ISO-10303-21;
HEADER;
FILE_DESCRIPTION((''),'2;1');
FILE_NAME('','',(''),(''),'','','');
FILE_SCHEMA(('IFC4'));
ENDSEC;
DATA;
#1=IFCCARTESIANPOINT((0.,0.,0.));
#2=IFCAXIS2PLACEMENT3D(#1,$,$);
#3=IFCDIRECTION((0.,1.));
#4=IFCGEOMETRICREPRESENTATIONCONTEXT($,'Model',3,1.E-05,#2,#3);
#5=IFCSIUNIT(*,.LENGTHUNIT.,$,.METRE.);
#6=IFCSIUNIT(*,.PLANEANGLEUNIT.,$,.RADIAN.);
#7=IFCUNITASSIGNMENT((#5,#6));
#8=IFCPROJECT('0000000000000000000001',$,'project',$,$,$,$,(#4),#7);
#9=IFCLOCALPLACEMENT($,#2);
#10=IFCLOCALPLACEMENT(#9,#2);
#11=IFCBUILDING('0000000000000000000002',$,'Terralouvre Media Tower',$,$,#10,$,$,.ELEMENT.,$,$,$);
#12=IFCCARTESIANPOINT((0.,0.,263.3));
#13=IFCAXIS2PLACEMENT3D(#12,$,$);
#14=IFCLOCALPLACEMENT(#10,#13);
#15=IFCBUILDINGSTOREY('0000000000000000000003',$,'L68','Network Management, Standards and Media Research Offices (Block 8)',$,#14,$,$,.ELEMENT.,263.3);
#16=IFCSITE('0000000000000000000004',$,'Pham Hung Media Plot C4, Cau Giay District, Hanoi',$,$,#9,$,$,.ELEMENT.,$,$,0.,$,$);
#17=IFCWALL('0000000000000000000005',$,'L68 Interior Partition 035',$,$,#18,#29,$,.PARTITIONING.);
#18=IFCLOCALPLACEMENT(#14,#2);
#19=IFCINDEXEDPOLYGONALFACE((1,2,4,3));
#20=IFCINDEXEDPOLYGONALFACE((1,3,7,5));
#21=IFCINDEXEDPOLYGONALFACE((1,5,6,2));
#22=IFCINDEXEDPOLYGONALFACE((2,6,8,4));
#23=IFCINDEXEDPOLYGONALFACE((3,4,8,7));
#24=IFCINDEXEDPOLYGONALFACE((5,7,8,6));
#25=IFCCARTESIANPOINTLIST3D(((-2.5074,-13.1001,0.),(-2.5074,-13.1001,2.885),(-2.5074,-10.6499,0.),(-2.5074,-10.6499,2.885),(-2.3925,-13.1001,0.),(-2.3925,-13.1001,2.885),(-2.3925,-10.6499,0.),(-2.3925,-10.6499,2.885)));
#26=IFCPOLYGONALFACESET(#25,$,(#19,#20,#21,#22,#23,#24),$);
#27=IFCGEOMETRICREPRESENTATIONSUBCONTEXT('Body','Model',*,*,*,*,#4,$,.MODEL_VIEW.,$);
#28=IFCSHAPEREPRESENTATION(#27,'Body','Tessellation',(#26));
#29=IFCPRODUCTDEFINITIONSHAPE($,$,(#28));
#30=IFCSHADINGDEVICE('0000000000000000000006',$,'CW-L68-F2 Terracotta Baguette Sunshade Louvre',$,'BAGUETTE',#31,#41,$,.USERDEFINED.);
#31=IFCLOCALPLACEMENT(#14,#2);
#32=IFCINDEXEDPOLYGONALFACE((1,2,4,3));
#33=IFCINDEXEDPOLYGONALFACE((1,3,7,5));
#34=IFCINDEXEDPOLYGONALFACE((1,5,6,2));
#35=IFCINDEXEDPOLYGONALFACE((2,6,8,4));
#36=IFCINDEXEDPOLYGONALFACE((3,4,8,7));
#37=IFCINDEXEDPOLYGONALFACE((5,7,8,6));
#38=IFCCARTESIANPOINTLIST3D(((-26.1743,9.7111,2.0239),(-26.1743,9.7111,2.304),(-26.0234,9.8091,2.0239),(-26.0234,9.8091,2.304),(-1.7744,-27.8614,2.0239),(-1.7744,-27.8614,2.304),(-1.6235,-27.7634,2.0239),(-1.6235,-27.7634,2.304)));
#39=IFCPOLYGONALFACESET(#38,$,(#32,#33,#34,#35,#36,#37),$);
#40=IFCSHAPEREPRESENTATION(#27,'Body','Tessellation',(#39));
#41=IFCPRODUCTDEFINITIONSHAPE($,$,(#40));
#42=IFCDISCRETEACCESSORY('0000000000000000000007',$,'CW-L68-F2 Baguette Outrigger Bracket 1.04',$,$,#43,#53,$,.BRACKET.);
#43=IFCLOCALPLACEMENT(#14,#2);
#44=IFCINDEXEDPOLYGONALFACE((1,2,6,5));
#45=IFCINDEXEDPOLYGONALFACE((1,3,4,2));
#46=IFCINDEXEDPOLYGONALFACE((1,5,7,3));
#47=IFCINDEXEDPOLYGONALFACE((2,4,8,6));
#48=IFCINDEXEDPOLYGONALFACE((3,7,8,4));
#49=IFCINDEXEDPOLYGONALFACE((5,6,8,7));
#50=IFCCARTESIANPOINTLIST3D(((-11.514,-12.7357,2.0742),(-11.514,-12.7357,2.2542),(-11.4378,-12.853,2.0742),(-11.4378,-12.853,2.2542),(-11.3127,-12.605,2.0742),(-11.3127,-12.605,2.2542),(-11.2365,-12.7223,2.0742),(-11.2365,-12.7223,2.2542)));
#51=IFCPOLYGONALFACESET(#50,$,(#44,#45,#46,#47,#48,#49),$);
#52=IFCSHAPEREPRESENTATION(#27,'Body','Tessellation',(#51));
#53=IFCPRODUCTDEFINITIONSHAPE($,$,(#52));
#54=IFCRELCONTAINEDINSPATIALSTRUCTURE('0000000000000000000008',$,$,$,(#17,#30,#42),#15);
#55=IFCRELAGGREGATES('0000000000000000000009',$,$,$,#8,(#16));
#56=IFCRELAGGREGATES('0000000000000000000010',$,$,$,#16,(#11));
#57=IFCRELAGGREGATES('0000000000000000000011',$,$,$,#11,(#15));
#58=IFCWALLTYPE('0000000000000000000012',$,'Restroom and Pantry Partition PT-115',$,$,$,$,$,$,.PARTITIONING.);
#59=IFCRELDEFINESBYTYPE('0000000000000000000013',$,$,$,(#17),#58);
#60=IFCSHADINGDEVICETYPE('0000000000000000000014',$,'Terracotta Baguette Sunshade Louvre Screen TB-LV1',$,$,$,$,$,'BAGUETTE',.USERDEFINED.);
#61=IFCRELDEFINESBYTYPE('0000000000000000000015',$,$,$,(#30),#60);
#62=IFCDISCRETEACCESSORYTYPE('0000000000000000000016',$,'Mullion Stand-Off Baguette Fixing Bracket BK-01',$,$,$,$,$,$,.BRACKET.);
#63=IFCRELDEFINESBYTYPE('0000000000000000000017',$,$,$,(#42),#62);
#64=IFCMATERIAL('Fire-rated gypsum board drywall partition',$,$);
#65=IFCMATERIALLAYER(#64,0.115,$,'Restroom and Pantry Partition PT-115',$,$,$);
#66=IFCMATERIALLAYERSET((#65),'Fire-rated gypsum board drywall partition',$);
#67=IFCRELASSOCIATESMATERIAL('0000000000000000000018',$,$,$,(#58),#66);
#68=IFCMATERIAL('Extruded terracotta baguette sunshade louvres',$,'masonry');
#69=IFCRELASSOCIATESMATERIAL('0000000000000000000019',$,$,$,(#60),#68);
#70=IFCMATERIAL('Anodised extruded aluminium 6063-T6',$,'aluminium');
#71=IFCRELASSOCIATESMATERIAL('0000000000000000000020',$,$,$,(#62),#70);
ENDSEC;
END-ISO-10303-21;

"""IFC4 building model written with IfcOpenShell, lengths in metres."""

from ifc_helpers import new_model, si_unit, direction, frame, frame_2d, origin, origin_2d, place, context, subcontext, project, spatial, rectangle, extrude, material, layer, layer_set, type_object, element, save


model = new_model("IFC4")

# Units and contexts
model_context = context("Model", 3, precision=1e-05, world=origin(), true_north=direction((0.0, 1.0)))
body_context = subcontext(model_context, "Body", "Model", "MODEL_VIEW")
ifc_project = project(units=[si_unit("LENGTHUNIT", "METRE"), si_unit("PLANEANGLEUNIT", "RADIAN")], contexts=[model_context])

# Site, building, storey
site_placement = place(None, origin())
site = spatial("IfcSite", under=ifc_project, at=site_placement, Name="Pham Hung Media Plot C4, Cau Giay District, Hanoi", CompositionType="ELEMENT", RefElevation=0.0)
building_placement = place(site_placement, origin())
building = spatial("IfcBuilding", under=site, at=building_placement, Name="Terralouvre Media Tower", CompositionType="ELEMENT")
storey_placement = place(building_placement, frame((0.0, 0.0, 263.3)))
storey = spatial("IfcBuildingStorey", under=building, at=storey_placement, Name="L68", Description="Network Management, Standards and Media Research Offices (Block 8)", CompositionType="ELEMENT", Elevation=263.3)

# Shared definitions
ifc_material_1 = material(Name="Fire-rated gypsum board drywall partition")
ifc_layer_1 = layer(ifc_material_1, 0.115, Name="Restroom and Pantry Partition PT-115")
ifc_layer_set_1 = layer_set([ifc_layer_1], Name="Fire-rated gypsum board drywall partition")
wall_type_1 = type_object("IfcWallType", Name="Restroom and Pantry Partition PT-115", PredefinedType="PARTITIONING", material=ifc_layer_set_1)

# Wall
for number, where, z_axis, x_axis, name in (
    (1, (-2.45, -13.1001, 0.0), (0.0, 0.0, 1.0), (0.0, 1.0, 0.0), "L68 Interior Partition 035"),
):
    element("IfcWall", number, at=place(storey_placement, frame(where, z_axis=z_axis, x_axis=x_axis)), inside=storey, type_object=wall_type_1, Name=name, PredefinedType="PARTITIONING", context=body_context, shape_type="SweptSolid", body=[
        extrude(rectangle(XDim=2.4502, YDim=0.115, at=frame_2d((1.2251, 0.0))), origin(), (0.0, 0.0, 1.0), 2.885),
    ])

# Shading device
ifc_material_2 = material(Name="Extruded terracotta baguette sunshade louvres", Category="masonry")
shading_device_type = type_object("IfcShadingDeviceType", Name="Terracotta Baguette Sunshade Louvre Screen TB-LV1", ElementType="BAGUETTE", PredefinedType="USERDEFINED", material=ifc_material_2)
shading_device_placement = place(storey_placement, frame((-13.8989, -9.0261, 2.0239), z_axis=(0.0, 0.0, 1.0), x_axis=(0.544639, -0.838671, 0.0)))
element("IfcShadingDevice", 2, at=shading_device_placement, inside=storey, type_object=shading_device_type, Name="CW-L68-F2 Terracotta Baguette Sunshade Louvre", ObjectType="BAGUETTE", PredefinedType="USERDEFINED", context=body_context, shape_type="SweptSolid", body=[
    extrude(rectangle(XDim=44.8, YDim=0.1799, at=origin_2d()), origin(), (0.0, 0.0, 1.0), 0.28),
])

# Discrete accessory
ifc_material_3 = material(Name="Anodised extruded aluminium 6063-T6", Category="aluminium")
discrete_accessory_type = type_object("IfcDiscreteAccessoryType", Name="Mullion Stand-Off Baguette Fixing Bracket BK-01", PredefinedType="BRACKET", material=ifc_material_3)
discrete_accessory_placement = place(storey_placement, frame((-11.3752, -12.729, 2.0742), z_axis=(0.0, 0.0, 1.0), x_axis=(0.544639, -0.838671, 0.0)))
element("IfcDiscreteAccessory", 3, at=discrete_accessory_placement, inside=storey, type_object=discrete_accessory_type, Name="CW-L68-F2 Baguette Outrigger Bracket 1.04", PredefinedType="BRACKET", context=body_context, shape_type="SweptSolid", body=[
    extrude(rectangle(XDim=0.1399, YDim=0.24, at=origin_2d()), origin(), (0.0, 0.0, 1.0), 0.1799),
])

save(model, "model.ifc")
